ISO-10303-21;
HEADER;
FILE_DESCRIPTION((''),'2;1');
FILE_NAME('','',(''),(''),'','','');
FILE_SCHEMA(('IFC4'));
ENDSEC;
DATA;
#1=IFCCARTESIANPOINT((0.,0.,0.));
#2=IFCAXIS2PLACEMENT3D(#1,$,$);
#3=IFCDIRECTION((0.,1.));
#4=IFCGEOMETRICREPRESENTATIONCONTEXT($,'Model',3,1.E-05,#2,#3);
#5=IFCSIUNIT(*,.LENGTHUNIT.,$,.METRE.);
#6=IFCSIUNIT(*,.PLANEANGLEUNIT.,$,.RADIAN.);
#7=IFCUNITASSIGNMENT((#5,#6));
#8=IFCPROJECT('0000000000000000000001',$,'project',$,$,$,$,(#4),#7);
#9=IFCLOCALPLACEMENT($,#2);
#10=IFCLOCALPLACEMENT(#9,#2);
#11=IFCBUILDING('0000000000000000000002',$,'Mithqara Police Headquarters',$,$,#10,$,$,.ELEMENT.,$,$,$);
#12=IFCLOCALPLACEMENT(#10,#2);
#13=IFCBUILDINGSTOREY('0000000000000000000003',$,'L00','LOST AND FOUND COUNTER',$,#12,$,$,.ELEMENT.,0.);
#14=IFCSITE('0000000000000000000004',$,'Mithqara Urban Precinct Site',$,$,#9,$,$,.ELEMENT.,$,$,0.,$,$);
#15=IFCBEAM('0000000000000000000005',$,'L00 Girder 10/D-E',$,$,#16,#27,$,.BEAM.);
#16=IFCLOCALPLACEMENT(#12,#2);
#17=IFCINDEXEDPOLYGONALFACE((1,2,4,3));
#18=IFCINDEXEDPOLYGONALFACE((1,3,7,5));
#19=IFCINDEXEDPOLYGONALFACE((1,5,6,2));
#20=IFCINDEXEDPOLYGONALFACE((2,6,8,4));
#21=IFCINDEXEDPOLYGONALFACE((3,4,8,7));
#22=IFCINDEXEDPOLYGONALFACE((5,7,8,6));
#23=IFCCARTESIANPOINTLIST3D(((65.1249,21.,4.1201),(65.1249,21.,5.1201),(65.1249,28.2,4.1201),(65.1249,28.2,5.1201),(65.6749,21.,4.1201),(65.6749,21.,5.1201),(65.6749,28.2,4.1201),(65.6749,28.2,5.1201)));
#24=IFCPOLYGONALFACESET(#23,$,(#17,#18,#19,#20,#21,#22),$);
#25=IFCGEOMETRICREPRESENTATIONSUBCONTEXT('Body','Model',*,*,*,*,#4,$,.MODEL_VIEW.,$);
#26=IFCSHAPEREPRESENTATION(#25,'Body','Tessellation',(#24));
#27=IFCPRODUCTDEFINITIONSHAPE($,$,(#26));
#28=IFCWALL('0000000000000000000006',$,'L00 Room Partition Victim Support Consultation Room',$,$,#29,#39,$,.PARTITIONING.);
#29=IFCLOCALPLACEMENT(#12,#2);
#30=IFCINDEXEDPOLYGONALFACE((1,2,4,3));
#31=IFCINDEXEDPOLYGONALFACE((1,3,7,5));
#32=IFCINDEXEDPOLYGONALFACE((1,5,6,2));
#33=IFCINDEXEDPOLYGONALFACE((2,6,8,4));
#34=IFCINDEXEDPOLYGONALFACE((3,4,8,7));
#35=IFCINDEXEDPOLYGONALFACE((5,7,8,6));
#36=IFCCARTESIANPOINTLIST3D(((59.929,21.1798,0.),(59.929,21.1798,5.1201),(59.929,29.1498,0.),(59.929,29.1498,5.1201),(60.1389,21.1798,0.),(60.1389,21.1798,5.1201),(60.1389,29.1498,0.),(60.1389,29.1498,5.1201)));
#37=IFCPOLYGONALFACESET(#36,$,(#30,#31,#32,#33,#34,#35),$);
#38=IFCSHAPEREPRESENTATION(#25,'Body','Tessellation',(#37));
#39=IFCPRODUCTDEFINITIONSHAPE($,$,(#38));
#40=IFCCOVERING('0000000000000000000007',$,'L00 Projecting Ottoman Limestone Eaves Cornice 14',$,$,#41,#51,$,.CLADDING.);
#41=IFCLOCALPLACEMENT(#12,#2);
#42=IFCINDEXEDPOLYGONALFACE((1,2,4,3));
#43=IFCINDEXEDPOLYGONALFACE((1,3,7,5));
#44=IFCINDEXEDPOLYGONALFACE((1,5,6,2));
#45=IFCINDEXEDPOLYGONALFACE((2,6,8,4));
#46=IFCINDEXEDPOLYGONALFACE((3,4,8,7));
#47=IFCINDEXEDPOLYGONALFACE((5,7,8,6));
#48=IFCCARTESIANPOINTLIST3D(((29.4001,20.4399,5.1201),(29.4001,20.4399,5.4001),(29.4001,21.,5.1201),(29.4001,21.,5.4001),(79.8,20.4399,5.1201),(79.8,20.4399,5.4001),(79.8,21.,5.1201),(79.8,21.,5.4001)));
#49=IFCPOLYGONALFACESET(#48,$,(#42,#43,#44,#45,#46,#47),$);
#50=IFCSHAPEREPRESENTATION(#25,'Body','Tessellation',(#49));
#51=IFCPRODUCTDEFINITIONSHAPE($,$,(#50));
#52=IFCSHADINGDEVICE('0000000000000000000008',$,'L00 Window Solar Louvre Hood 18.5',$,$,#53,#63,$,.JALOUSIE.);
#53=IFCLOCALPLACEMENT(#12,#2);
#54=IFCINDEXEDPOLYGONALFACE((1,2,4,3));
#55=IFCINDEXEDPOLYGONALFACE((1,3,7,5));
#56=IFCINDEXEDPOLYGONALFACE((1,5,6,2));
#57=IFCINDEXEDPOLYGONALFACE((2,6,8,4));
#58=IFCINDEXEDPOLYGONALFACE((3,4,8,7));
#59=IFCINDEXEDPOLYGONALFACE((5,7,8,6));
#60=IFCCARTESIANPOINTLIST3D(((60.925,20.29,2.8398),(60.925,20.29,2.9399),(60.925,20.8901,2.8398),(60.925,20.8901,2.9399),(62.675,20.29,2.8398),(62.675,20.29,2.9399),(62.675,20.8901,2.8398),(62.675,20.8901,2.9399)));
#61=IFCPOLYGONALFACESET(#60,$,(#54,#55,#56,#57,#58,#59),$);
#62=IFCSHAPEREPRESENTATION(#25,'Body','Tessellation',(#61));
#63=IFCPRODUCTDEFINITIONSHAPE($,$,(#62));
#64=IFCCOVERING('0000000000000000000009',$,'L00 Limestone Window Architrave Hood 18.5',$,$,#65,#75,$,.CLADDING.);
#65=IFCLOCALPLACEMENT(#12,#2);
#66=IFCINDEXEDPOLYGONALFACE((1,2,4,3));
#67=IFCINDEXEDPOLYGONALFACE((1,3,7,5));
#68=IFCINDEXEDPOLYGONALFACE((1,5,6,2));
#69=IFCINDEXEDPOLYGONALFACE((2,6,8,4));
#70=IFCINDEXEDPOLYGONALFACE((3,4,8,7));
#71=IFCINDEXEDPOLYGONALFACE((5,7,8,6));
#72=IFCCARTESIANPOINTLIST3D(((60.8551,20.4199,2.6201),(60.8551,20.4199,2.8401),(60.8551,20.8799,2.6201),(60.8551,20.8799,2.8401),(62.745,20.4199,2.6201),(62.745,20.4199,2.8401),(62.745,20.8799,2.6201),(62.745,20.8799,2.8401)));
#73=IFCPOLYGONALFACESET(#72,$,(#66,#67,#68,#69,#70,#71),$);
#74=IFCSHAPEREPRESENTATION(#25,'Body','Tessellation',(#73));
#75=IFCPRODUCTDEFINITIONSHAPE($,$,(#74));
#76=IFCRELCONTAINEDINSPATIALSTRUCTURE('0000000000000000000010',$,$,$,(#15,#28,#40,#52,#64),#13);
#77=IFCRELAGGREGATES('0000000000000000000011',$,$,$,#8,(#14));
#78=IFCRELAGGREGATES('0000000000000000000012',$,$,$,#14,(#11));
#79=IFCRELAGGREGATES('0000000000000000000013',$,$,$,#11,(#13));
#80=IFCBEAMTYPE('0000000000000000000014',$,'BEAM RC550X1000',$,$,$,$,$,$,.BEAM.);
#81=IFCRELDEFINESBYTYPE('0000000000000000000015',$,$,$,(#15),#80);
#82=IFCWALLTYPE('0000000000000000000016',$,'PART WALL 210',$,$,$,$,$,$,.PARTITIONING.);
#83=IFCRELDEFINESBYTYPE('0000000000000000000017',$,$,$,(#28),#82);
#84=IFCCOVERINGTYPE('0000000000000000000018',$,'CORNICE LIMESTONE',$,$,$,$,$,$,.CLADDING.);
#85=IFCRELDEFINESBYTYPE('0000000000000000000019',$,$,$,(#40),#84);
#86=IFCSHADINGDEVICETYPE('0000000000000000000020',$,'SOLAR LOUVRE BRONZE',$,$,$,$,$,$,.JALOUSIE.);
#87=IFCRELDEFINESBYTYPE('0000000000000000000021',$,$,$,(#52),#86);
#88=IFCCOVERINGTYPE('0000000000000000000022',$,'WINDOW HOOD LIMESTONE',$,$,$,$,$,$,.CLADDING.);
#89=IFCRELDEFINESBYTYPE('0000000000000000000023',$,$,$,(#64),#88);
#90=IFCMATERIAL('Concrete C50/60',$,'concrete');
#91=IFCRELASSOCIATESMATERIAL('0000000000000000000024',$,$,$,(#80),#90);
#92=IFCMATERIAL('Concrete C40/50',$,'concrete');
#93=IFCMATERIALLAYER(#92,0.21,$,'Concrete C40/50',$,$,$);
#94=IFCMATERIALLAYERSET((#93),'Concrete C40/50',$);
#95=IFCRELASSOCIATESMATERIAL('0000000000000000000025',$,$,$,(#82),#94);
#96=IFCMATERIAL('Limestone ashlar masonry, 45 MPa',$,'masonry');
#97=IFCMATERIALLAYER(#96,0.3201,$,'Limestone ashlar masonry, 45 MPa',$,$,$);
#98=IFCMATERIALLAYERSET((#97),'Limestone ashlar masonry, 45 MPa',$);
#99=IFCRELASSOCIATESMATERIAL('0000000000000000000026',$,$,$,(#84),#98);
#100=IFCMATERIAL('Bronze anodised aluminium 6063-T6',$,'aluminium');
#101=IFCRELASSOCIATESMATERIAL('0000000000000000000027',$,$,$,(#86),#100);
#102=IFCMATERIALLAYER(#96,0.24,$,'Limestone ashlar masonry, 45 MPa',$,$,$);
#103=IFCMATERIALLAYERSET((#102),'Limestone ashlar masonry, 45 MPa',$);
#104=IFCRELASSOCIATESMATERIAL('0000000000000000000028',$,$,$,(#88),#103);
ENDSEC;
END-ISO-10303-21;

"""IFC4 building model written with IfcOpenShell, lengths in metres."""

from ifc_helpers import new_model, si_unit, direction, frame, frame_2d, origin, origin_2d, place, context, subcontext, project, spatial, rectangle, extrude, material, layer, layer_set, material_profile, profile_set, type_object, element, save


model = new_model("IFC4")

# Units and contexts
model_context = context("Model", 3, precision=1e-05, world=origin(), true_north=direction((0.0, 1.0)))
body_context = subcontext(model_context, "Body", "Model", "MODEL_VIEW")
ifc_project = project(units=[si_unit("LENGTHUNIT", "METRE"), si_unit("PLANEANGLEUNIT", "RADIAN")], contexts=[model_context])

# Site, building, storey
site_placement = place(None, origin())
site = spatial("IfcSite", under=ifc_project, at=site_placement, Name="Mithqara Urban Precinct Site", CompositionType="ELEMENT", RefElevation=0.0)
building_placement = place(site_placement, origin())
building = spatial("IfcBuilding", under=site, at=building_placement, Name="Mithqara Police Headquarters", CompositionType="ELEMENT")
storey_placement = place(building_placement, origin())
storey = spatial("IfcBuildingStorey", under=building, at=storey_placement, Name="L00", Description="LOST AND FOUND COUNTER", CompositionType="ELEMENT", Elevation=0.0)

# Shared definitions
ifc_material_1 = material(Name="Concrete C40/50", Category="concrete")

# Shared definitions
ifc_material_2 = material(Name="Concrete C50/60", Category="concrete")

# Beam
ifc_material_profile_1 = material_profile(ifc_material_2, rectangle(XDim=0.55, YDim=1.0, at=origin_2d()), Name="RC 550x1000")
ifc_profile_set_1 = profile_set([ifc_material_profile_1], Name="Concrete C50/60")
beam_type_1 = type_object("IfcBeamType", Name="BEAM RC550X1000", PredefinedType="BEAM", material=ifc_profile_set_1)
beam_1_placement = place(storey_placement, frame((65.3999, 21.0, 4.6201), z_axis=(0.0, 1.0, 0.0), x_axis=(-1.0, 0.0, 0.0)))
element("IfcBeam", 1, at=beam_1_placement, inside=storey, type_object=beam_type_1, Name="L00 Girder 10/D-E", PredefinedType="BEAM", context=body_context, shape_type="SweptSolid", body=[
    extrude(rectangle(XDim=0.55, YDim=1.0, at=origin_2d()), origin(), (0.0, 0.0, 1.0), 7.2),
])

# Wall
ifc_layer_1 = layer(ifc_material_1, 0.21, Name="Concrete C40/50")
ifc_layer_set_1 = layer_set([ifc_layer_1], Name="Concrete C40/50")
wall_type = type_object("IfcWallType", Name="PART WALL 210", PredefinedType="PARTITIONING", material=ifc_layer_set_1)
wall_placement = place(storey_placement, frame((60.0339, 21.1799, 0.0), z_axis=(0.0, 0.0, 1.0), x_axis=(0.0, 1.0, 0.0)))
element("IfcWall", 2, at=wall_placement, inside=storey, type_object=wall_type, Name="L00 Room Partition Victim Support Consultation Room", PredefinedType="PARTITIONING", context=body_context, shape_type="SweptSolid", body=[
    extrude(rectangle(XDim=7.97, YDim=0.21, at=frame_2d((3.9849, 0.0))), origin(), (0.0, 0.0, 1.0), 5.1201),
])

# Covering
ifc_material_3 = material(Name="Limestone ashlar masonry, 45 MPa", Category="masonry")
ifc_layer_2 = layer(ifc_material_3, 0.3201, Name="Limestone ashlar masonry, 45 MPa")
ifc_layer_set_2 = layer_set([ifc_layer_2], Name="Limestone ashlar masonry, 45 MPa")
covering_type_1 = type_object("IfcCoveringType", Name="CORNICE LIMESTONE", PredefinedType="CLADDING", material=ifc_layer_set_2)
covering_1_placement = place(storey_placement, frame((54.6001, 20.72, 5.1201), z_axis=(0.0, 0.0, 1.0), x_axis=(1.0, 0.0, 0.0)))
element("IfcCovering", 3, at=covering_1_placement, inside=storey, type_object=covering_type_1, Name="L00 Projecting Ottoman Limestone Eaves Cornice 14", PredefinedType="CLADDING", context=body_context, shape_type="SweptSolid", body=[
    extrude(rectangle(XDim=50.3999, YDim=0.5601, at=origin_2d()), origin(), (0.0, 0.0, 1.0), 0.28),
])

# Shading device
ifc_material_4 = material(Name="Bronze anodised aluminium 6063-T6", Category="aluminium")
shading_device_type = type_object("IfcShadingDeviceType", Name="SOLAR LOUVRE BRONZE", PredefinedType="JALOUSIE", material=ifc_material_4)
shading_device_placement = place(storey_placement, frame((61.8, 20.5901, 2.8398), z_axis=(0.0, 0.0, 1.0), x_axis=(1.0, 0.0, 0.0)))
element("IfcShadingDevice", 4, at=shading_device_placement, inside=storey, type_object=shading_device_type, Name="L00 Window Solar Louvre Hood 18.5", PredefinedType="JALOUSIE", context=body_context, shape_type="SweptSolid", body=[
    extrude(rectangle(XDim=1.75, YDim=0.6001, at=origin_2d()), origin(), (0.0, 0.0, 1.0), 0.1001),
])

# Covering
ifc_layer_3 = layer(ifc_material_3, 0.24, Name="Limestone ashlar masonry, 45 MPa")
ifc_layer_set_3 = layer_set([ifc_layer_3], Name="Limestone ashlar masonry, 45 MPa")
covering_type_2 = type_object("IfcCoveringType", Name="WINDOW HOOD LIMESTONE", PredefinedType="CLADDING", material=ifc_layer_set_3)
covering_2_placement = place(storey_placement, frame((61.8, 20.6499, 2.6201), z_axis=(0.0, 0.0, 1.0), x_axis=(1.0, 0.0, 0.0)))
element("IfcCovering", 5, at=covering_2_placement, inside=storey, type_object=covering_type_2, Name="L00 Limestone Window Architrave Hood 18.5", PredefinedType="CLADDING", context=body_context, shape_type="SweptSolid", body=[
    extrude(rectangle(XDim=1.8899, YDim=0.46, at=origin_2d()), origin(), (0.0, 0.0, 1.0), 0.22),
])

save(model, "model.ifc")
